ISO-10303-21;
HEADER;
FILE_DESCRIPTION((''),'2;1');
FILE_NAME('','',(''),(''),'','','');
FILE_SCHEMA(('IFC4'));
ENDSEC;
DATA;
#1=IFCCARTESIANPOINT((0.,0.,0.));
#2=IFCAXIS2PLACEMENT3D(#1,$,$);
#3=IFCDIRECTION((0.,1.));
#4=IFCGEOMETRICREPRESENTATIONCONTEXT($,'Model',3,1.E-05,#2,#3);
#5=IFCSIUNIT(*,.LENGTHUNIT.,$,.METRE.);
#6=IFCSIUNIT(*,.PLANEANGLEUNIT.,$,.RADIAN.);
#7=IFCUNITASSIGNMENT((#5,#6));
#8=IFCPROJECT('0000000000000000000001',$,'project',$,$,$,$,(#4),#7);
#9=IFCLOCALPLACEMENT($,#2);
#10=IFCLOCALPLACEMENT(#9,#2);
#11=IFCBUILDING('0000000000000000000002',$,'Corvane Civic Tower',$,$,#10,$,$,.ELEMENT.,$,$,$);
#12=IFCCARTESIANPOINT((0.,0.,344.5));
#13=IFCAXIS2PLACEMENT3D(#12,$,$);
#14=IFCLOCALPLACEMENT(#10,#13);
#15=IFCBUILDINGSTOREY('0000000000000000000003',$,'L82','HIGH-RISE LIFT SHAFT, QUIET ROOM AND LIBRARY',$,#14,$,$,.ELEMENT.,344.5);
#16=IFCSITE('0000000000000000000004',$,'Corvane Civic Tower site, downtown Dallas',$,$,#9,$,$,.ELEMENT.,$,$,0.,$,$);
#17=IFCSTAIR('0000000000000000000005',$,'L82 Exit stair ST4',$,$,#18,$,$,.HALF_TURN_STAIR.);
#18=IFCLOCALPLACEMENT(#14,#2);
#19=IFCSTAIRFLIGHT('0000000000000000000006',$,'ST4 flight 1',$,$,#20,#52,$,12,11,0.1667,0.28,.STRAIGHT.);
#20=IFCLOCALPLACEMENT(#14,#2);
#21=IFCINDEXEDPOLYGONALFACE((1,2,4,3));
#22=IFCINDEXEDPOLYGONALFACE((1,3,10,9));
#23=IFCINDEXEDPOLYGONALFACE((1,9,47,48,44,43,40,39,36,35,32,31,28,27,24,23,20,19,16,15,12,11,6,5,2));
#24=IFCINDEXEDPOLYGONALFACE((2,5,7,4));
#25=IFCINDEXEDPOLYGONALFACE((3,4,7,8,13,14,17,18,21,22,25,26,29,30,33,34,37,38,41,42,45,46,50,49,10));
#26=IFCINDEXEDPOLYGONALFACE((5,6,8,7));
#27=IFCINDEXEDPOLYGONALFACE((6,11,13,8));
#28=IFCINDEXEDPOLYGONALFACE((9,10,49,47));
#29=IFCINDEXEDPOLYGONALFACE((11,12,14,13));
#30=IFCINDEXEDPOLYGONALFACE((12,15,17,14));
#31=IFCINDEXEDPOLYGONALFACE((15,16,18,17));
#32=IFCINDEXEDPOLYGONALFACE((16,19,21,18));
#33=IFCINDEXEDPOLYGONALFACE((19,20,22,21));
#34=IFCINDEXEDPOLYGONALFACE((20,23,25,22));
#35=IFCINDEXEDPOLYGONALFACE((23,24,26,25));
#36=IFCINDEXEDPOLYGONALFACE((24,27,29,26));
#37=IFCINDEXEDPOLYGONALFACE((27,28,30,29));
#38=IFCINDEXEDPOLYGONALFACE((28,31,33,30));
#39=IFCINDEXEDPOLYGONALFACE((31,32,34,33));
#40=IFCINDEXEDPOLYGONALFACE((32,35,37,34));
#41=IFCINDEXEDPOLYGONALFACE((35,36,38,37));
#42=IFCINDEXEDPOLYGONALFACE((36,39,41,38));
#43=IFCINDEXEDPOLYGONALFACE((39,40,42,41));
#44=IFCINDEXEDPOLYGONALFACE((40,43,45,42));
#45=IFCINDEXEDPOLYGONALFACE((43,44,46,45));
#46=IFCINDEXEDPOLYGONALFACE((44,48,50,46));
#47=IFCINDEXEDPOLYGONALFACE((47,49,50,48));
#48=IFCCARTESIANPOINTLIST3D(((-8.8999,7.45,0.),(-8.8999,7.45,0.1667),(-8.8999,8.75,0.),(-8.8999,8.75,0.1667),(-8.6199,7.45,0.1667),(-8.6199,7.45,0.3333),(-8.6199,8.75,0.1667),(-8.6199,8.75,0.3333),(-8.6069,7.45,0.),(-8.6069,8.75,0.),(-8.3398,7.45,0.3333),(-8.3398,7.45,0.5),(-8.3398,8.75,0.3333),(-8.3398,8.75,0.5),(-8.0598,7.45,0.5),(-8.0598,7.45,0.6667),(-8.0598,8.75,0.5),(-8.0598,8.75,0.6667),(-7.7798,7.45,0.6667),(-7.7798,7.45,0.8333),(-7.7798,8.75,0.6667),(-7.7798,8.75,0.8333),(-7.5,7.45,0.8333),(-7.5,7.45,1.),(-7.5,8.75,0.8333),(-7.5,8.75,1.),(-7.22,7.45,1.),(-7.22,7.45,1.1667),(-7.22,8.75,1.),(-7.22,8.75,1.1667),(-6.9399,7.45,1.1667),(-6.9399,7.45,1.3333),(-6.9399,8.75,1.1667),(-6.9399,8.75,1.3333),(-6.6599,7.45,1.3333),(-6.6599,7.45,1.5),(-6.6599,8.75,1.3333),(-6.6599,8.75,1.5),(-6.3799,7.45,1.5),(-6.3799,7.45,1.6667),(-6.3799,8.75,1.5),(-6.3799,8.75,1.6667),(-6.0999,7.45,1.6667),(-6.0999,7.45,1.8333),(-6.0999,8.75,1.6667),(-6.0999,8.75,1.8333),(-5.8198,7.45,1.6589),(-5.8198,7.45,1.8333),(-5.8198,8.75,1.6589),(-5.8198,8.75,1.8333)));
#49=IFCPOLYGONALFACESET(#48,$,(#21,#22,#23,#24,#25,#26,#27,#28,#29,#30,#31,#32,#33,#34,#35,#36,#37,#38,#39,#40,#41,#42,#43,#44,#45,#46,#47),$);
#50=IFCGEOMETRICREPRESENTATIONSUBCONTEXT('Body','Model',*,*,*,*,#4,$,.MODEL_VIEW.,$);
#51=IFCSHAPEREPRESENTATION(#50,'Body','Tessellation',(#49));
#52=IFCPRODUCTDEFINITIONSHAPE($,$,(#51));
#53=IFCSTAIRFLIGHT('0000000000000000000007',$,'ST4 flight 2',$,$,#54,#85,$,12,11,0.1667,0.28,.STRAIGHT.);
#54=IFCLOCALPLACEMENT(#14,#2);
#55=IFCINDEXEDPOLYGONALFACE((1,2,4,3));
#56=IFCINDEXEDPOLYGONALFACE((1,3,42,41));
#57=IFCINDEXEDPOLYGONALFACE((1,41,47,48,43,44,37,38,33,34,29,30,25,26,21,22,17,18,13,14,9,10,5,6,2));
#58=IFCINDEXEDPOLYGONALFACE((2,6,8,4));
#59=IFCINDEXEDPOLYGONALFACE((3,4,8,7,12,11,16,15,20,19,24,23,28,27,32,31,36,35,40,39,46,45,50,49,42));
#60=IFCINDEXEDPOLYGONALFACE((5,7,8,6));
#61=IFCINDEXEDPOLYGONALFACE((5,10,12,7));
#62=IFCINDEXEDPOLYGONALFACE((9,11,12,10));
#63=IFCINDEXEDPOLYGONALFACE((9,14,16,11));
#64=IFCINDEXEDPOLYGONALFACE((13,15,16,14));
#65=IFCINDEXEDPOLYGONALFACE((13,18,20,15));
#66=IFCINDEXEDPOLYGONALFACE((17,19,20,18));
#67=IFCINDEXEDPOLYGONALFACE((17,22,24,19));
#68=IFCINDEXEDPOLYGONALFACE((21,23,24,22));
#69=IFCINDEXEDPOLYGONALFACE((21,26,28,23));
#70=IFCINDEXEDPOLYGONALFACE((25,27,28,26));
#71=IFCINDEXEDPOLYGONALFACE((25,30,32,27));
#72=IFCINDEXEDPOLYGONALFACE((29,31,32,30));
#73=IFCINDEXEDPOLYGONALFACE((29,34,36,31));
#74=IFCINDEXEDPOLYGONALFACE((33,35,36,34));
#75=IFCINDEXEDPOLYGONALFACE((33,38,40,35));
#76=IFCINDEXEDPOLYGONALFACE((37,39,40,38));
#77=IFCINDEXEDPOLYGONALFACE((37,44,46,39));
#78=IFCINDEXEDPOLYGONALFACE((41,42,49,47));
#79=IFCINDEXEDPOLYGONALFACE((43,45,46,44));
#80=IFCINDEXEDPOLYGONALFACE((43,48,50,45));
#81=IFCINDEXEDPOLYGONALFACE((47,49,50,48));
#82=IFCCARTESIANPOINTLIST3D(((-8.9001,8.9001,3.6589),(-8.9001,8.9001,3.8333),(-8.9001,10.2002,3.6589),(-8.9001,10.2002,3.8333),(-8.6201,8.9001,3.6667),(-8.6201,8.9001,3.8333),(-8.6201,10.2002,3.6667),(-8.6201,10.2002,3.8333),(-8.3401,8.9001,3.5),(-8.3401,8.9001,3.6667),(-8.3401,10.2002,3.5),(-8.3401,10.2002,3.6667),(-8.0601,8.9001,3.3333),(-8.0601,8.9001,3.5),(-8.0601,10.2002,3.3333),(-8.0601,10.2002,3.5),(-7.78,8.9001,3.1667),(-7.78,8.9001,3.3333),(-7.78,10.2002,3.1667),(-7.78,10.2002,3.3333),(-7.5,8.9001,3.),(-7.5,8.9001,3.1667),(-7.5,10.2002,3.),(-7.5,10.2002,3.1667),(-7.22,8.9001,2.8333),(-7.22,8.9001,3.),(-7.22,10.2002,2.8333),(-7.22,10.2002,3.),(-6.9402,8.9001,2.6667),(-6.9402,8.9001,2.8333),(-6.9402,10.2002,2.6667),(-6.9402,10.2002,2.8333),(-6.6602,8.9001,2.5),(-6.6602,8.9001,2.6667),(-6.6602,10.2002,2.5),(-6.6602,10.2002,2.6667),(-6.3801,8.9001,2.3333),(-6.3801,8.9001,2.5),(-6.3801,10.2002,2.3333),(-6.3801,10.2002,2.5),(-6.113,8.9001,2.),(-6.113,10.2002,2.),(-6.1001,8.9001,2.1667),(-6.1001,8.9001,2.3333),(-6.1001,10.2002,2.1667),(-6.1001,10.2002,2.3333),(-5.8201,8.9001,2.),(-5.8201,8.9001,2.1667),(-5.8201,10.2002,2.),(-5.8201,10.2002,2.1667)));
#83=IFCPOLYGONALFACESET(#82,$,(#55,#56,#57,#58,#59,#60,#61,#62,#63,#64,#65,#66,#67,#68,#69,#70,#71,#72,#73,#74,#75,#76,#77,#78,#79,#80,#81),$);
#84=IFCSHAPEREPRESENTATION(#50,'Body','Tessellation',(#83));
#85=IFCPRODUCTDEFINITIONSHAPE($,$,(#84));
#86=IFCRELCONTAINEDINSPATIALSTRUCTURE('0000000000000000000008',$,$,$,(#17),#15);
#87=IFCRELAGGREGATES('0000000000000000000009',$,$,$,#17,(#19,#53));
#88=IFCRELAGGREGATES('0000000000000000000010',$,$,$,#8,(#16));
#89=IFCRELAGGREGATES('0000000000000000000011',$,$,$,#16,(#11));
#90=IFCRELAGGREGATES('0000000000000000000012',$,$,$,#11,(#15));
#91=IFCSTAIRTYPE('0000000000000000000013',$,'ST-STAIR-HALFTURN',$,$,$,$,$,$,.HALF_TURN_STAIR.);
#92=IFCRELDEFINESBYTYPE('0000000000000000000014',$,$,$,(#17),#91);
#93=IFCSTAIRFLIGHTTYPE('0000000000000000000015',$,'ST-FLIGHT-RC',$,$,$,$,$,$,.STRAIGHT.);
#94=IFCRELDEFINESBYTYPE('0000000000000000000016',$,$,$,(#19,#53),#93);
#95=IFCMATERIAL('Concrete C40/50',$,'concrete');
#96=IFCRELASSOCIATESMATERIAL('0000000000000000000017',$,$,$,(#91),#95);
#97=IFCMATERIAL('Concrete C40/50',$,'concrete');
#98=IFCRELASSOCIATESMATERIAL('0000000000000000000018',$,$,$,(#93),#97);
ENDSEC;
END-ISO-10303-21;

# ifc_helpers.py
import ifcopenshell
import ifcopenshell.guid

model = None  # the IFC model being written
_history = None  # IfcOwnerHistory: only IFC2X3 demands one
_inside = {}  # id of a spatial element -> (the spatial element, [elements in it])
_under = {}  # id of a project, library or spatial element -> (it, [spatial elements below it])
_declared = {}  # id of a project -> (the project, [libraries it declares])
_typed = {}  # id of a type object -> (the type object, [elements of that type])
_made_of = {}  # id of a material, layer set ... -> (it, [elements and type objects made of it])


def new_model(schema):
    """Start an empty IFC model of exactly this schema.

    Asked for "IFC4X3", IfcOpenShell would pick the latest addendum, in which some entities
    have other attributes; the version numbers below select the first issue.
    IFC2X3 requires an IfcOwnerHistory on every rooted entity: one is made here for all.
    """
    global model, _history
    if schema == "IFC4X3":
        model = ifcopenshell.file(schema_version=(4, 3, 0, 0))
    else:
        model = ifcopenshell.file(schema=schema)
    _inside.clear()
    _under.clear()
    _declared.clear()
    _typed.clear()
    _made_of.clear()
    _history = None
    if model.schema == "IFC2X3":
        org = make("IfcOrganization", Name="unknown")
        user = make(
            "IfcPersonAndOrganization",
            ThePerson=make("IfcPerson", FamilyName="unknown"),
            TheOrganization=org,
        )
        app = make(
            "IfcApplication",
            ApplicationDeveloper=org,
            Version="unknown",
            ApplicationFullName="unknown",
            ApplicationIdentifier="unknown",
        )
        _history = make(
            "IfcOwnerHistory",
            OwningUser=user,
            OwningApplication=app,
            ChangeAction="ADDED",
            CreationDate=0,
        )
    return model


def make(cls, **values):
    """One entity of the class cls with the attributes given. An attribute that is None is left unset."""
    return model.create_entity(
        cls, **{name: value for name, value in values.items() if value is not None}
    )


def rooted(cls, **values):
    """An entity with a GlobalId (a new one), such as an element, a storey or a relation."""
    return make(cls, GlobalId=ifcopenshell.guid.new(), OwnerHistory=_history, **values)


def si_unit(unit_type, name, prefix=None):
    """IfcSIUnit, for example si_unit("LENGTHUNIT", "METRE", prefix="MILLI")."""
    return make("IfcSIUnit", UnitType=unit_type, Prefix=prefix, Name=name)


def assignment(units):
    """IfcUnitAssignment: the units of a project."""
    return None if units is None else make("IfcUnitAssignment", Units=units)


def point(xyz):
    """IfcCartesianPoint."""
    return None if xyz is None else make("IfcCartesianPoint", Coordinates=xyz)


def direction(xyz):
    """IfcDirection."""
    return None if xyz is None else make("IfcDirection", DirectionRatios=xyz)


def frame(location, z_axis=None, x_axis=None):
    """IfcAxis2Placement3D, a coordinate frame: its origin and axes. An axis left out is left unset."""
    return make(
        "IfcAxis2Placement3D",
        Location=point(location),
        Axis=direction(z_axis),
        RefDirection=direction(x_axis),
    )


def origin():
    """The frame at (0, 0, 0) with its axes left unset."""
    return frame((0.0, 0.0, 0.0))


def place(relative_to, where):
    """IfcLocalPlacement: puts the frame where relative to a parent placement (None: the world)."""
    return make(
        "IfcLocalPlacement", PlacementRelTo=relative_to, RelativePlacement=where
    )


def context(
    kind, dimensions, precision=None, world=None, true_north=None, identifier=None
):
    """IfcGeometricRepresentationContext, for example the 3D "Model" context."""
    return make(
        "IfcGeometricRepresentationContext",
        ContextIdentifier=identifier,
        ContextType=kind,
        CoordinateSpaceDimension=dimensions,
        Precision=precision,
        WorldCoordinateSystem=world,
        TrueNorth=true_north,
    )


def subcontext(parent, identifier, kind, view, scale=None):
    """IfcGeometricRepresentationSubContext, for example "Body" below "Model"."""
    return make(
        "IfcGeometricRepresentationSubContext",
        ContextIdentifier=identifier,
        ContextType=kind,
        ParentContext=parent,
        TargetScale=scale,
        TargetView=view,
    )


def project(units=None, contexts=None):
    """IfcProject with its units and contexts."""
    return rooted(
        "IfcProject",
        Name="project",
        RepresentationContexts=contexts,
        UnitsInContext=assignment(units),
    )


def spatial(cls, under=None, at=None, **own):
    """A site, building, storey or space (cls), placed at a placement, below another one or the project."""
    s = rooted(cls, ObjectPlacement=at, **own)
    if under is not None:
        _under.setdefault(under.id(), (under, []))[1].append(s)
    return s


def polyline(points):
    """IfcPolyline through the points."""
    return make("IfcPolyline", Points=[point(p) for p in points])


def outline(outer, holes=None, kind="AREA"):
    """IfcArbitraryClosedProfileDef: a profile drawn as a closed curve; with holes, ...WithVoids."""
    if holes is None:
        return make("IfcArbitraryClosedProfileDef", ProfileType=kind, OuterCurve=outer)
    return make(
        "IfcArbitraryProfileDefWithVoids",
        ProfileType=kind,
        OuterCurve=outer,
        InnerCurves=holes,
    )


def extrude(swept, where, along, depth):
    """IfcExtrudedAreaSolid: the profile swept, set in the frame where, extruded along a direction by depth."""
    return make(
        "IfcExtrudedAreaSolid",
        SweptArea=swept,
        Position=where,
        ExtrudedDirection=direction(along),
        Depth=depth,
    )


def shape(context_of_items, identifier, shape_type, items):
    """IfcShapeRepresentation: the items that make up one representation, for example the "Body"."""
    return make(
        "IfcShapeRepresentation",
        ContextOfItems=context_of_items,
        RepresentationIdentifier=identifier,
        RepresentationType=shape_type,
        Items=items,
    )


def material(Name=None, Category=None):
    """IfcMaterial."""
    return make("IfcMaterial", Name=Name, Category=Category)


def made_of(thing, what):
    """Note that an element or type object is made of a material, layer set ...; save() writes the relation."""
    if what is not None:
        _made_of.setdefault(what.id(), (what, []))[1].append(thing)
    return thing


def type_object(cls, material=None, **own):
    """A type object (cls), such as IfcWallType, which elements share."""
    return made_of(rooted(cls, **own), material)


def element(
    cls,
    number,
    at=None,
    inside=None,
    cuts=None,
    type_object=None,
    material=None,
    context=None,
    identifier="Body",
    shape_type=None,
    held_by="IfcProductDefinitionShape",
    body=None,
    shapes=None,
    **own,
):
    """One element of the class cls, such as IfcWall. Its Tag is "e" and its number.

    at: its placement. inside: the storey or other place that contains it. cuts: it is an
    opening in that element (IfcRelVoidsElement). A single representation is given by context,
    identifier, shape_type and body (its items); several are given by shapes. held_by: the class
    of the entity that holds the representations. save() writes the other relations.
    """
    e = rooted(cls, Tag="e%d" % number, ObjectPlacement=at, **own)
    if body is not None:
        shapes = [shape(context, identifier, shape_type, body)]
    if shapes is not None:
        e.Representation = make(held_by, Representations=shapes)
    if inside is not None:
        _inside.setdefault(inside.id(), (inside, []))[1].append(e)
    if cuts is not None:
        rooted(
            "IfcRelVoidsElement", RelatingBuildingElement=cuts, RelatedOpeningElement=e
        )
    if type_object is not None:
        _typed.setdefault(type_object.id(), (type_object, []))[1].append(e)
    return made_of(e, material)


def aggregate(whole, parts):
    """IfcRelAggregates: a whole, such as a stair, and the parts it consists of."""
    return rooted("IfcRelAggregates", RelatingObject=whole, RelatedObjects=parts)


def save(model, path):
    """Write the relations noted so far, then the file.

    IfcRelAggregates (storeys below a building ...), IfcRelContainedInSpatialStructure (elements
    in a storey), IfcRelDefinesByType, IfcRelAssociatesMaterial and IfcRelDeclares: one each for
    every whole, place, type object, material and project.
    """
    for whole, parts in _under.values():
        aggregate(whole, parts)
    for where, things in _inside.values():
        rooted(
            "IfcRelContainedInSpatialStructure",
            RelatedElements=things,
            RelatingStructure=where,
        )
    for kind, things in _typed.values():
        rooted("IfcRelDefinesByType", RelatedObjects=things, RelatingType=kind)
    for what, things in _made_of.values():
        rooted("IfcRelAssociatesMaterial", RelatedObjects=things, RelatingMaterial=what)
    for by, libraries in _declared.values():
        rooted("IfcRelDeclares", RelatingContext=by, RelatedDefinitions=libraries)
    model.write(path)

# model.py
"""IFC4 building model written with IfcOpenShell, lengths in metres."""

from ifc_helpers import new_model, si_unit, direction, frame, origin, place, context, subcontext, project, spatial, polyline, outline, extrude, material, type_object, element, aggregate, save


model = new_model("IFC4")

# Units and contexts
model_context = context("Model", 3, precision=1e-05, world=origin(), true_north=direction((0.0, 1.0)))
body_context = subcontext(model_context, "Body", "Model", "MODEL_VIEW")
ifc_project = project(units=[si_unit("LENGTHUNIT", "METRE"), si_unit("PLANEANGLEUNIT", "RADIAN")], contexts=[model_context])

# Site, building, storey
site_placement = place(None, origin())
site = spatial("IfcSite", under=ifc_project, at=site_placement, Name="Corvane Civic Tower site, downtown Dallas", CompositionType="ELEMENT", RefElevation=0.0)
building_placement = place(site_placement, origin())
building = spatial("IfcBuilding", under=site, at=building_placement, Name="Corvane Civic Tower", CompositionType="ELEMENT")
storey_placement = place(building_placement, frame((0.0, 0.0, 344.5)))
storey = spatial("IfcBuildingStorey", under=building, at=storey_placement, Name="L82", Description="HIGH-RISE LIFT SHAFT, QUIET ROOM AND LIBRARY", CompositionType="ELEMENT", Elevation=344.5)

# Stair
ifc_material_1 = material(Name="Concrete C40/50", Category="concrete")
stair_type = type_object("IfcStairType", Name="ST-STAIR-HALFTURN", PredefinedType="HALF_TURN_STAIR", material=ifc_material_1)
stair_placement = place(storey_placement, origin())
stair = element("IfcStair", 1, at=stair_placement, inside=storey, type_object=stair_type, Name="L82 Exit stair ST4", PredefinedType="HALF_TURN_STAIR")

# Stair flights
ifc_material_2 = material(Name="Concrete C40/50", Category="concrete")
stair_flight_type = type_object("IfcStairFlightType", Name="ST-FLIGHT-RC", PredefinedType="STRAIGHT", material=ifc_material_2)
stair_flight_1_placement = place(storey_placement, frame((-8.8999, 8.1001, 0.0), z_axis=(0.0, 0.0, 1.0), x_axis=(1.0, 0.0, 0.0)))
stair_flight_1 = element("IfcStairFlight", 2, at=stair_flight_1_placement, type_object=stair_flight_type, Name="ST4 flight 1", NumberOfRisers=12, NumberOfTreads=11, PredefinedType="STRAIGHT", RiserHeight=0.1667, TreadLength=0.28, context=body_context, shape_type="SweptSolid", body=[
    extrude(outline(polyline([(0.0, 0.0), (0.0, 0.1667), (0.28, 0.1667), (0.28, 0.3333), (0.5601, 0.3333), (0.5601, 0.5), (0.8401, 0.5), (0.8401, 0.6667), (1.1201, 0.6667), (1.1201, 0.8333), (1.3999, 0.8333), (1.3999, 1.0), (1.6799, 1.0), (1.6799, 1.1667), (1.96, 1.1667), (1.96, 1.3333), (2.24, 1.3333), (2.24, 1.5), (2.52, 1.5), (2.52, 1.6667), (2.8, 1.6667), (2.8, 1.8333), (3.0801, 1.8333), (3.0801, 2.0), (3.0801, 1.6589), (0.293, 0.0), (0.0, 0.0)])), frame((0.0, 0.6499, 0.0), z_axis=(0.0, -1.0, 0.0), x_axis=(1.0, 0.0, 0.0)), (0.0, 0.0, 1.0), 1.3),
])
stair_flight_2_placement = place(storey_placement, frame((-5.8201, 9.55, 2.0), z_axis=(0.0, 0.0, 1.0), x_axis=(-1.0, 0.0, 0.0)))
stair_flight_2 = element("IfcStairFlight", 3, at=stair_flight_2_placement, type_object=stair_flight_type, Name="ST4 flight 2", NumberOfRisers=12, NumberOfTreads=11, PredefinedType="STRAIGHT", RiserHeight=0.1667, TreadLength=0.28, context=body_context, shape_type="SweptSolid", body=[
    extrude(outline(polyline([(0.0, 0.0), (0.0, 0.1667), (0.28, 0.1667), (0.28, 0.3333), (0.5601, 0.3333), (0.5601, 0.5), (0.8401, 0.5), (0.8401, 0.6667), (1.1201, 0.6667), (1.1201, 0.8333), (1.3999, 0.8333), (1.3999, 1.0), (1.6799, 1.0), (1.6799, 1.1667), (1.96, 1.1667), (1.96, 1.3333), (2.24, 1.3333), (2.24, 1.5), (2.52, 1.5), (2.52, 1.6667), (2.8, 1.6667), (2.8, 1.8333), (3.0801, 1.8333), (3.0801, 2.0), (3.0801, 1.6589), (0.293, 0.0), (0.0, 0.0)])), frame((0.0, 0.6499, 0.0), z_axis=(0.0, -1.0, 0.0), x_axis=(1.0, 0.0, 0.0)), (0.0, 0.0, 1.0), 1.3),
])
aggregate(stair, [stair_flight_1, stair_flight_2])

save(model, "model.ifc")
